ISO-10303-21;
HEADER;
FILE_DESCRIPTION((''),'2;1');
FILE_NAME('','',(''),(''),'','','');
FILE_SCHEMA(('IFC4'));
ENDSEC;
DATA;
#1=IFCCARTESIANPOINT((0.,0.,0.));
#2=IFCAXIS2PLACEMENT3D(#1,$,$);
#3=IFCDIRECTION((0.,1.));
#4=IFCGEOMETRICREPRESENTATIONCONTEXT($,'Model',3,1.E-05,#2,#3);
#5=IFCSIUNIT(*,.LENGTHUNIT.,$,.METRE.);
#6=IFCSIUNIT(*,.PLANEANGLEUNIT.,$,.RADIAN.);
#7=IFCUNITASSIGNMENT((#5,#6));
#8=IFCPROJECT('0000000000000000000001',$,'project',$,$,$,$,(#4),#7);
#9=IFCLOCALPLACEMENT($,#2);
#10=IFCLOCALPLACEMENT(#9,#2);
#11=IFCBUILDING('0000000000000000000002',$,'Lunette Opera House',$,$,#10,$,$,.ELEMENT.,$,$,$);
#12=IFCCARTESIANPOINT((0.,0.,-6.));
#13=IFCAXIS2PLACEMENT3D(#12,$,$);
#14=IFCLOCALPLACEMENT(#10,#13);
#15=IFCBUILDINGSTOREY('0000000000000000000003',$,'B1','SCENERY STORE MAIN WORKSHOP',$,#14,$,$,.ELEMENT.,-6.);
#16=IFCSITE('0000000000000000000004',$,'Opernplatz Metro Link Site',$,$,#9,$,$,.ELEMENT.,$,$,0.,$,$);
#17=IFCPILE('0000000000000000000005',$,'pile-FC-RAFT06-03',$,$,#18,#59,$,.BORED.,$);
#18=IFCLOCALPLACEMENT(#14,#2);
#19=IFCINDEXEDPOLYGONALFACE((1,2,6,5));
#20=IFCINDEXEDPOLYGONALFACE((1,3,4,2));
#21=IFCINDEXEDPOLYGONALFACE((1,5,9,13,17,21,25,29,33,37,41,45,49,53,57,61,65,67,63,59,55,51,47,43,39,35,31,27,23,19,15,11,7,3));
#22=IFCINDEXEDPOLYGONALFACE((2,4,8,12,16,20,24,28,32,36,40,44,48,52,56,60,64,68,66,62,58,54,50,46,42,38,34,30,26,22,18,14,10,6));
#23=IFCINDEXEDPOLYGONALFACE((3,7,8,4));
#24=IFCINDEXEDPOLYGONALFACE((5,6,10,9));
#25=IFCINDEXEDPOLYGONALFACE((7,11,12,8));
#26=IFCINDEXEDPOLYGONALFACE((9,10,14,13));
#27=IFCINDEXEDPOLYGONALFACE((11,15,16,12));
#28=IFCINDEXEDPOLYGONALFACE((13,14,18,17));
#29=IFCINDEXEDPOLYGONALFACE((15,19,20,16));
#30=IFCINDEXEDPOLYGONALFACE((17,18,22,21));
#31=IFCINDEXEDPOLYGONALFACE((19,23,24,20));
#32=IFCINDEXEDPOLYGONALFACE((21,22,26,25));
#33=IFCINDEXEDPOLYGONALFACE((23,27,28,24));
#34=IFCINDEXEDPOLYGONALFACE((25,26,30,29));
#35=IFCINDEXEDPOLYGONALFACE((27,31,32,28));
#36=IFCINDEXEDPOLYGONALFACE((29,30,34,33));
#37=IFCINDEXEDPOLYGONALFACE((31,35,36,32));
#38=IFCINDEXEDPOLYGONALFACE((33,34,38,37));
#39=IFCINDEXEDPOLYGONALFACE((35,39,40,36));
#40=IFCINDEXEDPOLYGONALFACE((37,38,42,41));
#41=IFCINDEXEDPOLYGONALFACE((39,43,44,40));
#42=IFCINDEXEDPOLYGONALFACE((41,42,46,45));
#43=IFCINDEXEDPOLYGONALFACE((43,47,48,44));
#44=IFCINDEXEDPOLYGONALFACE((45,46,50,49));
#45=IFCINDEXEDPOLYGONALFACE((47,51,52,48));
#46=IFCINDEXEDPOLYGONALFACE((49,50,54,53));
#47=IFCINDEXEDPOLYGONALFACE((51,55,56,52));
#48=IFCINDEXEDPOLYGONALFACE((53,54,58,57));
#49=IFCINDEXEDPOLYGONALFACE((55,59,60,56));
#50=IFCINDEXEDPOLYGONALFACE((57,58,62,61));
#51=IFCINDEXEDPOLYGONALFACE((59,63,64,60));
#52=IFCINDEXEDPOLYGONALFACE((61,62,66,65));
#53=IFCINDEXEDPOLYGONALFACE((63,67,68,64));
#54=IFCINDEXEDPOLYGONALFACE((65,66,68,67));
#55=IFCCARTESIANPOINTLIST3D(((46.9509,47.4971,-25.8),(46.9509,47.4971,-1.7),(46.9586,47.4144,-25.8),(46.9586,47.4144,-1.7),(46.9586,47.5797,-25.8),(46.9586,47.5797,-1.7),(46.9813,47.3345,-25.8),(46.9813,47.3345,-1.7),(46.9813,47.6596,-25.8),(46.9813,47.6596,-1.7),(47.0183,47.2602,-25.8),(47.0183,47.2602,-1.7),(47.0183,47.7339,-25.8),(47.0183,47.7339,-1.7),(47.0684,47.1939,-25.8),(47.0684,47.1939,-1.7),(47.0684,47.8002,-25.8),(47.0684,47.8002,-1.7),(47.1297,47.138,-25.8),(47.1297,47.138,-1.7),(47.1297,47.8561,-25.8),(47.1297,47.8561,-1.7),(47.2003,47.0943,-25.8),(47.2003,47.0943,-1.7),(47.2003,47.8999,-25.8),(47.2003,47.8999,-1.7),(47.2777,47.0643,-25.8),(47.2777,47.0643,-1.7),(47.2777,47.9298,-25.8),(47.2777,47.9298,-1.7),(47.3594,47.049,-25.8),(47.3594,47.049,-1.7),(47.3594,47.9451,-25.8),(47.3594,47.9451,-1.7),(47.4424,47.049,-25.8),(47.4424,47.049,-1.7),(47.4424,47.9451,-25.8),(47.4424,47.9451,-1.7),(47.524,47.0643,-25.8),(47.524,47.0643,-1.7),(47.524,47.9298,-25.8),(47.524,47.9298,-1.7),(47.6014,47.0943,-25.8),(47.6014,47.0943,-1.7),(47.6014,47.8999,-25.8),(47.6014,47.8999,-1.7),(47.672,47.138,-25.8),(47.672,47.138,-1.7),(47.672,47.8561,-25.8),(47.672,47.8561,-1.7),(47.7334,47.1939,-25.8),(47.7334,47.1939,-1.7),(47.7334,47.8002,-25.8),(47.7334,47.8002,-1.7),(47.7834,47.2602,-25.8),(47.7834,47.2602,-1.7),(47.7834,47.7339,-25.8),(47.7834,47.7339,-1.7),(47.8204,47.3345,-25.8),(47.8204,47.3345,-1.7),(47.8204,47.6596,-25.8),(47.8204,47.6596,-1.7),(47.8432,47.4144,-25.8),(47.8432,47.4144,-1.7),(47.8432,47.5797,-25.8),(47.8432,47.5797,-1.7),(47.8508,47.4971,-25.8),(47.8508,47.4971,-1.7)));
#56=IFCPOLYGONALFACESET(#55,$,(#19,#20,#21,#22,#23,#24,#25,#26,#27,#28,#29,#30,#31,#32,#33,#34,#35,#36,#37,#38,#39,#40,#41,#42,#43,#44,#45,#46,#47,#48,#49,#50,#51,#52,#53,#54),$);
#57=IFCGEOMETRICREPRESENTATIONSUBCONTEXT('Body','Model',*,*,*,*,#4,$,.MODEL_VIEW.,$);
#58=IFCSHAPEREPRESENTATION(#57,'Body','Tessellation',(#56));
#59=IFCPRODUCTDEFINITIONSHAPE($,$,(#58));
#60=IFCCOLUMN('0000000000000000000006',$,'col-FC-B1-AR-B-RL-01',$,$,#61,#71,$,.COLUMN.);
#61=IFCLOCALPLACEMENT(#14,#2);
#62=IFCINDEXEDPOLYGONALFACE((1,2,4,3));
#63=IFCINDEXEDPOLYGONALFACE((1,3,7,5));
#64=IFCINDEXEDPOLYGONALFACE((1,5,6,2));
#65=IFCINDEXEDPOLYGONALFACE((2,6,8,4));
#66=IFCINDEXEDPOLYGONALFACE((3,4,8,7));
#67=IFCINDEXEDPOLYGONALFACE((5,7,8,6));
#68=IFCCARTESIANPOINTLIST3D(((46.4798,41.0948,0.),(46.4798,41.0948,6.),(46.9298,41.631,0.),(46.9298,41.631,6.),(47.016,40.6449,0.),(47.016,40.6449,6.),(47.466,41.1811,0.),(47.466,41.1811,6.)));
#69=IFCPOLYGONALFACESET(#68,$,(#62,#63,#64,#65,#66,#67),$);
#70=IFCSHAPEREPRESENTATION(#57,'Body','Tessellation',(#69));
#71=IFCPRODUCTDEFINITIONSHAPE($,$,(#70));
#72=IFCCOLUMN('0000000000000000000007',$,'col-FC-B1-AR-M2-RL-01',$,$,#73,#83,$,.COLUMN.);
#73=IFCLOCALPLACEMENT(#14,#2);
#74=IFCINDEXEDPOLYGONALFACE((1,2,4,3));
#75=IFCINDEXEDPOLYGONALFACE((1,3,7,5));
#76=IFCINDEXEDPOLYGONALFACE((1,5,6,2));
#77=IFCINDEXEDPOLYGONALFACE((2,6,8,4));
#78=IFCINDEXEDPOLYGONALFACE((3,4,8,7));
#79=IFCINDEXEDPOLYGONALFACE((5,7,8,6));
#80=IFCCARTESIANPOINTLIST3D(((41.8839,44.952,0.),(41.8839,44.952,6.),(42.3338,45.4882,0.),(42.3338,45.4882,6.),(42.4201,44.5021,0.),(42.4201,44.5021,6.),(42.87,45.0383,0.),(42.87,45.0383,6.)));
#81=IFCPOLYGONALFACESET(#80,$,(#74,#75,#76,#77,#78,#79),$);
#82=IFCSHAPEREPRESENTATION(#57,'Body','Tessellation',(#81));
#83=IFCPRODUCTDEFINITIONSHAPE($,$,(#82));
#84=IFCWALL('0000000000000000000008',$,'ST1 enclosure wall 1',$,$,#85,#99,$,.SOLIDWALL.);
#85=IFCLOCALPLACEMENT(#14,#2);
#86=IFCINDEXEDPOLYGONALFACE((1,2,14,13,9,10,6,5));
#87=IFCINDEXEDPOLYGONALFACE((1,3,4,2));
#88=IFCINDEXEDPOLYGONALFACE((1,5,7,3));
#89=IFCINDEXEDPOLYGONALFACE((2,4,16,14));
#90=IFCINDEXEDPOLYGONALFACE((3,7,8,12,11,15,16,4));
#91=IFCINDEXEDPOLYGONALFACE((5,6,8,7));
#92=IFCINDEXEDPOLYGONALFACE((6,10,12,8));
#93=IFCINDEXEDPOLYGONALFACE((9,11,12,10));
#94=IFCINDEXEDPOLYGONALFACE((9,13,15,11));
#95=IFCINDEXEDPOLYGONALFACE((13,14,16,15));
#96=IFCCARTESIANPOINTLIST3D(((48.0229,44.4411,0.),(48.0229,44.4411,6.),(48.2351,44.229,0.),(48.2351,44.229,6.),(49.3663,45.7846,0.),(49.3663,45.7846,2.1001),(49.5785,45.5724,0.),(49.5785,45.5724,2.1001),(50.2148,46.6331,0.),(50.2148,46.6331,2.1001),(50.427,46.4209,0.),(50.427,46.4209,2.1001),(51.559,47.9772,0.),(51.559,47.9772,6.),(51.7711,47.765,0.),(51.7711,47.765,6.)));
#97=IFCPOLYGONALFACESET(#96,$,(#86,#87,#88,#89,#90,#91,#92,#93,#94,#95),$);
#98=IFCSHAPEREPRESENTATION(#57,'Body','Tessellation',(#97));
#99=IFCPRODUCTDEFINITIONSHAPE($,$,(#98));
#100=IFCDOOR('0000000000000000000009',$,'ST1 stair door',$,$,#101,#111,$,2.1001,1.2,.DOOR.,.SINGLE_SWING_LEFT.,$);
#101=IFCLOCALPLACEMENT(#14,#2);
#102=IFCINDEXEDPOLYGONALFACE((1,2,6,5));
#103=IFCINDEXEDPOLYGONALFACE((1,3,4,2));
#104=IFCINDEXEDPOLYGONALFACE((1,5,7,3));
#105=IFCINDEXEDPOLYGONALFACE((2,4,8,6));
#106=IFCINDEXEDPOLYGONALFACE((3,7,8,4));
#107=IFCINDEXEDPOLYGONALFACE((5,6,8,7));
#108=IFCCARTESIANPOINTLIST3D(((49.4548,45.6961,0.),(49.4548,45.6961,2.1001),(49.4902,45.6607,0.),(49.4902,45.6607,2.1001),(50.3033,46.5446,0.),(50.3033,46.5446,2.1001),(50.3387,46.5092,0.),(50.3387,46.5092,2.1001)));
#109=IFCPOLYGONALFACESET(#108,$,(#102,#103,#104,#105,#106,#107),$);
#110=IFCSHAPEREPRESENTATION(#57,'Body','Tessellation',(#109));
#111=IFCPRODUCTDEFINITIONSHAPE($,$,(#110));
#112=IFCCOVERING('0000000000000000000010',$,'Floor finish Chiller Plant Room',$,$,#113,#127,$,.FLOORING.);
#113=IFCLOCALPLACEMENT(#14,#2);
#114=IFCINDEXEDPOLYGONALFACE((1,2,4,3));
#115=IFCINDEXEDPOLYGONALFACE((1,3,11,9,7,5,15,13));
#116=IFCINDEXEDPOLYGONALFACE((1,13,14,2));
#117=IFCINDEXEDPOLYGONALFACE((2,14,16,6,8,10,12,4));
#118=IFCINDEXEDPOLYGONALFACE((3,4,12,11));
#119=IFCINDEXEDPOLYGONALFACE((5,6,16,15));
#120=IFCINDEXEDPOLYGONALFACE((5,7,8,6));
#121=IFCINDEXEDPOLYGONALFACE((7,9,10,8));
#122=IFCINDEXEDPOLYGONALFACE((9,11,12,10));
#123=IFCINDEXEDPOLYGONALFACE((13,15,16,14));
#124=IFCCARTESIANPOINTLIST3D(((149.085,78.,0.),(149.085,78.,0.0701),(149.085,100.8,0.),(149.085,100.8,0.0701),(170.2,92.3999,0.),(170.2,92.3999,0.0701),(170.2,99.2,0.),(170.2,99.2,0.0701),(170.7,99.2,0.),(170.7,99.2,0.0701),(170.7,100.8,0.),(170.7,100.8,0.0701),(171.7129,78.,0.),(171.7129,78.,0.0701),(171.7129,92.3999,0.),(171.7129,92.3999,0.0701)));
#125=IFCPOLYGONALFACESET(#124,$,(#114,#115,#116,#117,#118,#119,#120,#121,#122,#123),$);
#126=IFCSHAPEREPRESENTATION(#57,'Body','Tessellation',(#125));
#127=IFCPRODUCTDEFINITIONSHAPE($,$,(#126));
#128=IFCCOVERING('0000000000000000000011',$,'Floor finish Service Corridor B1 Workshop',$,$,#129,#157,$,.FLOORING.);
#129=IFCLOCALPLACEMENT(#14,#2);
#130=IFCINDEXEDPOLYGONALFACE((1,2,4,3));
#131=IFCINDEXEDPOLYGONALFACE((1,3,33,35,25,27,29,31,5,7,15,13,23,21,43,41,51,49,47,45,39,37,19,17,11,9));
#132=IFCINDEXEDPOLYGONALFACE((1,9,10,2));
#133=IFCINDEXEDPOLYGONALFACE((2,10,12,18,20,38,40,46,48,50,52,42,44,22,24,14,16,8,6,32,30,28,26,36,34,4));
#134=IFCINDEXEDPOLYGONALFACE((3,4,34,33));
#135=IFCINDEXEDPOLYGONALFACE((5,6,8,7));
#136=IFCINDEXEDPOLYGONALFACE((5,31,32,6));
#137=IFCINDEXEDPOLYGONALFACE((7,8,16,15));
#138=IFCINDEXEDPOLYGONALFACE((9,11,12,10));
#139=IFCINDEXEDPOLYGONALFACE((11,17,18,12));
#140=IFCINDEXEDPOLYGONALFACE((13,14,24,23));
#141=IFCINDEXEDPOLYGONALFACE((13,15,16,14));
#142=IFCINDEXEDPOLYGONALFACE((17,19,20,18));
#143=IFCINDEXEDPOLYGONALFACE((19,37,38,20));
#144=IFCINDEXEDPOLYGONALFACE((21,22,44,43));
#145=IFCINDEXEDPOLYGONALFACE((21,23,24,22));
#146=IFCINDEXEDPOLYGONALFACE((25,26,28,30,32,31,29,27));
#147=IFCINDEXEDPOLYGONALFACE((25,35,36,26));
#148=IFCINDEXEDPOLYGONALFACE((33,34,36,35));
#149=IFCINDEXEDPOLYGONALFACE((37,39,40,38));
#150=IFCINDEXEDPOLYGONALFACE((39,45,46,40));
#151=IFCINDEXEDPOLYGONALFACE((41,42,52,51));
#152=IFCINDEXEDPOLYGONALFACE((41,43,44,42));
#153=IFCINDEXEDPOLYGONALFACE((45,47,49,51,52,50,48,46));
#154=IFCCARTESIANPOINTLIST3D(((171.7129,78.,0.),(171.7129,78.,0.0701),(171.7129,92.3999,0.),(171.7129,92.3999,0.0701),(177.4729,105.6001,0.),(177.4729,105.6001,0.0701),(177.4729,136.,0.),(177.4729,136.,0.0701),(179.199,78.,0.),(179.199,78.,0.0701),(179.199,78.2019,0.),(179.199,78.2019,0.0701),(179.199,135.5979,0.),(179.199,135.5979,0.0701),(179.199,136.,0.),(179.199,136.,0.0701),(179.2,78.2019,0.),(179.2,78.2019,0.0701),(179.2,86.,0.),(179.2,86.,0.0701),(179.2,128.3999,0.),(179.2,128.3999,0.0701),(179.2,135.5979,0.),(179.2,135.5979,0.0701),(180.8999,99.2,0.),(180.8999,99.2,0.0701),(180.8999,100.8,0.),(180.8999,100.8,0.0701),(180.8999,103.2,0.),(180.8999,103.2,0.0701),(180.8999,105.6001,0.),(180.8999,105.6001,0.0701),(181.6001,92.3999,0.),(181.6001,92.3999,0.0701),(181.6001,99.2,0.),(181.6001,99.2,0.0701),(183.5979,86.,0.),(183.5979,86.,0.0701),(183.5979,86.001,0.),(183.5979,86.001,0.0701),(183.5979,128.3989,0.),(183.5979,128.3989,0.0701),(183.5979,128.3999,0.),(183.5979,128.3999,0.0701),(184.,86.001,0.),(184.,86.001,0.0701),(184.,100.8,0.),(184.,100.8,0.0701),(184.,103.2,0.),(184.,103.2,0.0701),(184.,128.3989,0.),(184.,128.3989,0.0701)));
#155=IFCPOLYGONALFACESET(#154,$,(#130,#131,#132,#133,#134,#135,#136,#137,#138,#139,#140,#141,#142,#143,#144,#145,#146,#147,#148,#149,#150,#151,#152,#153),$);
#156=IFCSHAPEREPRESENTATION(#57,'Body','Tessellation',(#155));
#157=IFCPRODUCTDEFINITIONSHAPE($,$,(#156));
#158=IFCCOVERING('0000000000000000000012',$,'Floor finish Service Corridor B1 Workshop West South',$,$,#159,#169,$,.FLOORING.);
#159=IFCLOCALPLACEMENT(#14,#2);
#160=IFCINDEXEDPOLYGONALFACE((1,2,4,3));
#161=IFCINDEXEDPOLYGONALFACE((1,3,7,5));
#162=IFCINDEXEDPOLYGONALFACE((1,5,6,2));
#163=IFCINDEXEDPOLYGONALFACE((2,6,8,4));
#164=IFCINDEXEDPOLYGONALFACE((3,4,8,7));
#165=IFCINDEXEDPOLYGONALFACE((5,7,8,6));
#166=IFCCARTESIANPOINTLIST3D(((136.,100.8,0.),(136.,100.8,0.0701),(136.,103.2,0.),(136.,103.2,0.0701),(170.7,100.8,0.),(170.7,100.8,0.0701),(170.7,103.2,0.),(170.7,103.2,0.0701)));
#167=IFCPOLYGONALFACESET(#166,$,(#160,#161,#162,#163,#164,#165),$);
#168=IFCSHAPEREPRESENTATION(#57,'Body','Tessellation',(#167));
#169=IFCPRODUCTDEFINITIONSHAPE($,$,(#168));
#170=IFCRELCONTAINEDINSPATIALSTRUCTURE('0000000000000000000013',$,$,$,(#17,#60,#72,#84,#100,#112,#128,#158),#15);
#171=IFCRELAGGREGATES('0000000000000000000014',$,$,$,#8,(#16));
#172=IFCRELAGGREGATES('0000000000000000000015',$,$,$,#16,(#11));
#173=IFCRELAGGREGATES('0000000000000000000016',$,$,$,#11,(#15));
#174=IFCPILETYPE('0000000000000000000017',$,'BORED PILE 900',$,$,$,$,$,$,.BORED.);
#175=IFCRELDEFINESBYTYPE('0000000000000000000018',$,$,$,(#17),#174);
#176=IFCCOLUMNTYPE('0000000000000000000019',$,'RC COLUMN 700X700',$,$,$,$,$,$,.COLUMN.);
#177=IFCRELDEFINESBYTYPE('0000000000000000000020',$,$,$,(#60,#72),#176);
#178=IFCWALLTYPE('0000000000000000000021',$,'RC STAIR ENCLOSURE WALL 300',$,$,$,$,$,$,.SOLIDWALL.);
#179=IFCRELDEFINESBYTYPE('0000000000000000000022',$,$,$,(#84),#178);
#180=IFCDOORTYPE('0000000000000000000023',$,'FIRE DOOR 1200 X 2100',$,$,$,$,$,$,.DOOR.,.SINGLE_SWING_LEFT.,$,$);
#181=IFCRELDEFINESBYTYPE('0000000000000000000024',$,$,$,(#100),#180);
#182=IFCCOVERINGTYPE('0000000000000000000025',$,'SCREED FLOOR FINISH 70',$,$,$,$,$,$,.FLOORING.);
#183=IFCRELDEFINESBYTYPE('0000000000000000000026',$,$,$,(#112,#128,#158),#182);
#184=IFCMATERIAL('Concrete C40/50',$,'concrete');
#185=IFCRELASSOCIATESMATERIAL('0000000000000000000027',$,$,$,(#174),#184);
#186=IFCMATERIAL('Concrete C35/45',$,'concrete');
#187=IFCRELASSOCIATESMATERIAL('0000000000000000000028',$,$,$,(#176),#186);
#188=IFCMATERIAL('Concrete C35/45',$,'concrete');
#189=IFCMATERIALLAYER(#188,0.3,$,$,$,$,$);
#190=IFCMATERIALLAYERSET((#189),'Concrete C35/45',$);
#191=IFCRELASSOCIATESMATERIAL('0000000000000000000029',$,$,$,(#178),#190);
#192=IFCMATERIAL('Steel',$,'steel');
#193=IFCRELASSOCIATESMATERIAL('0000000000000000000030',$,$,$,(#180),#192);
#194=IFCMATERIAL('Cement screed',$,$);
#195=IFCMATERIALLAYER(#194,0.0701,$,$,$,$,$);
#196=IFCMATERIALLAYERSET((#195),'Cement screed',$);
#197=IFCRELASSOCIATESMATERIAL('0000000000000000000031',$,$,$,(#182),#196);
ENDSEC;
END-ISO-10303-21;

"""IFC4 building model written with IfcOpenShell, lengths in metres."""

from ifc_helpers import new_model, si_unit, direction, frame, frame_2d, origin, origin_2d, place, context, subcontext, project, spatial, polyline, rectangle, circle, outline, extrude, material, layer, layer_set, material_profile, profile_set, type_object, element, fill, save


model = new_model("IFC4")

# Units and contexts
model_context = context("Model", 3, precision=1e-05, world=origin(), true_north=direction((0.0, 1.0)))
body_context = subcontext(model_context, "Body", "Model", "MODEL_VIEW")
ifc_project = project(units=[si_unit("LENGTHUNIT", "METRE"), si_unit("PLANEANGLEUNIT", "RADIAN")], contexts=[model_context])

# Site, building, storey
site_placement = place(None, origin())
site = spatial("IfcSite", under=ifc_project, at=site_placement, Name="Opernplatz Metro Link Site", CompositionType="ELEMENT", RefElevation=0.0)
building_placement = place(site_placement, origin())
building = spatial("IfcBuilding", under=site, at=building_placement, Name="Lunette Opera House", CompositionType="ELEMENT")
storey_placement = place(building_placement, frame((0.0, 0.0, -6.0)))
storey = spatial("IfcBuildingStorey", under=building, at=storey_placement, Name="B1", Description="SCENERY STORE MAIN WORKSHOP", CompositionType="ELEMENT", Elevation=-6.0)

# Pile
ifc_material_1 = material(Name="Concrete C40/50", Category="concrete")
ifc_material_profile_1 = material_profile(ifc_material_1, circle(Radius=0.45, at=origin_2d()), Name="BORED PILE 900")
ifc_profile_set_1 = profile_set([ifc_material_profile_1], Name="Concrete C40/50")
pile_type = type_object("IfcPileType", Name="BORED PILE 900", PredefinedType="BORED", material=ifc_profile_set_1)
for number, where, z_axis, x_axis, name in (
    (1, (47.4009, 47.4971, -1.7), (0.0, 0.0, -1.0), (1.0, 0.0, 0.0), "pile-FC-RAFT06-03"),
):
    element("IfcPile", number, at=place(storey_placement, frame(where, z_axis=z_axis, x_axis=x_axis)), inside=storey, type_object=pile_type, Name=name, PredefinedType="BORED", context=body_context, shape_type="SweptSolid", body=[
        extrude(circle(Radius=0.45, at=origin_2d()), origin(), (0.0, 0.0, 1.0), 24.1001),
    ])

# Columns
ifc_material_2 = material(Name="Concrete C35/45", Category="concrete")
ifc_material_profile_2 = material_profile(ifc_material_2, rectangle(XDim=0.7, YDim=0.7, at=origin_2d()), Name="RC COLUMN 700X700")
ifc_profile_set_2 = profile_set([ifc_material_profile_2], Name="Concrete C35/45")
column_type = type_object("IfcColumnType", Name="RC COLUMN 700X700", PredefinedType="COLUMN", material=ifc_profile_set_2)
for number, where, z_axis, x_axis, name in (
    (2, (46.9729, 41.1379, 0.0), (0.0, 0.0, 1.0), (0.642788, 0.766044, 0.0), "col-FC-B1-AR-B-RL-01"),
    (3, (42.377, 44.9951, 0.0), (0.0, 0.0, 1.0), (0.642788, 0.766044, 0.0), "col-FC-B1-AR-M2-RL-01"),
):
    element("IfcColumn", number, at=place(storey_placement, frame(where, z_axis=z_axis, x_axis=x_axis)), inside=storey, type_object=column_type, Name=name, PredefinedType="COLUMN", context=body_context, shape_type="SweptSolid", body=[
        extrude(rectangle(XDim=0.7, YDim=0.7, at=origin_2d()), origin(), (0.0, 0.0, 1.0), 6.0),
    ])

# Wall, opening, door
ifc_material_3 = material(Name="Concrete C35/45", Category="concrete")
ifc_layer_1 = layer(ifc_material_3, 0.3)
ifc_layer_set_1 = layer_set([ifc_layer_1], Name="Concrete C35/45")
wall_type = type_object("IfcWallType", Name="RC STAIR ENCLOSURE WALL 300", PredefinedType="SOLIDWALL", material=ifc_layer_set_1)
wall_placement = place(storey_placement, frame((48.1289, 44.335, 0.0), z_axis=(0.0, 0.0, 1.0), x_axis=(0.707107, 0.707107, 0.0)))
wall = element("IfcWall", 4, at=wall_placement, inside=storey, type_object=wall_type, Name="ST1 enclosure wall 1", PredefinedType="SOLIDWALL", context=body_context, shape_type="SweptSolid", body=[
    extrude(rectangle(XDim=5.0007, YDim=0.3, at=frame_2d((2.5005, 0.0))), origin(), (0.0, 0.0, 1.0), 6.0),
])
opening_placement = place(wall_placement, frame((1.8999, 0.0, 0.0)))
opening = element("IfcOpeningElement", 5, at=opening_placement, cuts=wall, PredefinedType="OPENING", context=body_context, shape_type="SweptSolid", body=[
    extrude(rectangle(XDim=1.2, YDim=2.1001, at=frame_2d((0.6001, 1.05))), frame((0.0, 0.1621, 0.0), z_axis=(0.0, -1.0, 0.0), x_axis=(1.0, 0.0, 0.0)), (0.0, 0.0, 1.0), 0.324),
])
ifc_material_4 = material(Name="Steel", Category="steel")
door_type = type_object("IfcDoorType", Name="FIRE DOOR 1200 X 2100", OperationType="SINGLE_SWING_LEFT", PredefinedType="DOOR", material=ifc_material_4)
door_placement = place(opening_placement, origin())
door = element("IfcDoor", 6, at=door_placement, inside=storey, type_object=door_type, Name="ST1 stair door", OperationType="SINGLE_SWING_LEFT", OverallHeight=2.1001, OverallWidth=1.2, PredefinedType="DOOR", context=body_context, shape_type="SweptSolid", body=[
    extrude(rectangle(XDim=1.2, YDim=2.1001, at=frame_2d((0.6001, 1.05))), frame((0.0, 0.0249, 0.0), z_axis=(0.0, -1.0, 0.0), x_axis=(1.0, 0.0, 0.0)), (0.0, 0.0, 1.0), 0.05),
])
fill(opening, door)

# Coverings
ifc_material_5 = material(Name="Cement screed")
ifc_layer_2 = layer(ifc_material_5, 0.0701)
ifc_layer_set_2 = layer_set([ifc_layer_2], Name="Cement screed")
covering_type_1 = type_object("IfcCoveringType", Name="SCREED FLOOR FINISH 70", PredefinedType="FLOORING", material=ifc_layer_set_2)
covering_1_placement = place(storey_placement, origin())
element("IfcCovering", 7, at=covering_1_placement, inside=storey, type_object=covering_type_1, Name="Floor finish Chiller Plant Room", PredefinedType="FLOORING", context=body_context, shape_type="SweptSolid", body=[
    extrude(outline(polyline([(170.7, 99.2), (170.2, 99.2), (170.2, 92.3999), (171.7129, 92.3999), (171.7129, 78.0), (149.085, 78.0), (149.085, 100.8), (170.7, 100.8), (170.7, 99.2)])), origin(), (0.0, 0.0, 1.0), 0.0701),
])
covering_2_placement = place(storey_placement, origin())
element("IfcCovering", 8, at=covering_2_placement, inside=storey, type_object=covering_type_1, Name="Floor finish Service Corridor B1 Workshop", PredefinedType="FLOORING", context=body_context, shape_type="SweptSolid", body=[
    extrude(outline(polyline([(180.8999, 99.2), (180.8999, 100.8), (180.8999, 103.2), (180.8999, 105.6001), (177.4729, 105.6001), (177.4729, 136.0), (179.199, 136.0), (179.199, 135.5979), (179.2, 135.5979), (179.2, 128.3999), (183.5979, 128.3999), (183.5979, 128.3989), (184.0, 128.3989), (184.0, 103.2), (184.0, 100.8), (184.0, 86.001), (183.5979, 86.001), (183.5979, 86.0), (179.2, 86.0), (179.2, 78.2019), (179.199, 78.2019), (179.199, 78.0), (171.7129, 78.0), (171.7129, 92.3999), (181.6001, 92.3999), (181.6001, 99.2), (180.8999, 99.2)])), origin(), (0.0, 0.0, 1.0), 0.0701),
])
covering_3_placement = place(storey_placement, origin())
element("IfcCovering", 9, at=covering_3_placement, inside=storey, type_object=covering_type_1, Name="Floor finish Service Corridor B1 Workshop West South", PredefinedType="FLOORING", context=body_context, shape_type="SweptSolid", body=[
    extrude(outline(polyline([(136.0, 100.8), (136.0, 103.2), (170.7, 103.2), (170.7, 100.8), (136.0, 100.8)])), origin(), (0.0, 0.0, 1.0), 0.0701),
])

save(model, "model.ifc")
